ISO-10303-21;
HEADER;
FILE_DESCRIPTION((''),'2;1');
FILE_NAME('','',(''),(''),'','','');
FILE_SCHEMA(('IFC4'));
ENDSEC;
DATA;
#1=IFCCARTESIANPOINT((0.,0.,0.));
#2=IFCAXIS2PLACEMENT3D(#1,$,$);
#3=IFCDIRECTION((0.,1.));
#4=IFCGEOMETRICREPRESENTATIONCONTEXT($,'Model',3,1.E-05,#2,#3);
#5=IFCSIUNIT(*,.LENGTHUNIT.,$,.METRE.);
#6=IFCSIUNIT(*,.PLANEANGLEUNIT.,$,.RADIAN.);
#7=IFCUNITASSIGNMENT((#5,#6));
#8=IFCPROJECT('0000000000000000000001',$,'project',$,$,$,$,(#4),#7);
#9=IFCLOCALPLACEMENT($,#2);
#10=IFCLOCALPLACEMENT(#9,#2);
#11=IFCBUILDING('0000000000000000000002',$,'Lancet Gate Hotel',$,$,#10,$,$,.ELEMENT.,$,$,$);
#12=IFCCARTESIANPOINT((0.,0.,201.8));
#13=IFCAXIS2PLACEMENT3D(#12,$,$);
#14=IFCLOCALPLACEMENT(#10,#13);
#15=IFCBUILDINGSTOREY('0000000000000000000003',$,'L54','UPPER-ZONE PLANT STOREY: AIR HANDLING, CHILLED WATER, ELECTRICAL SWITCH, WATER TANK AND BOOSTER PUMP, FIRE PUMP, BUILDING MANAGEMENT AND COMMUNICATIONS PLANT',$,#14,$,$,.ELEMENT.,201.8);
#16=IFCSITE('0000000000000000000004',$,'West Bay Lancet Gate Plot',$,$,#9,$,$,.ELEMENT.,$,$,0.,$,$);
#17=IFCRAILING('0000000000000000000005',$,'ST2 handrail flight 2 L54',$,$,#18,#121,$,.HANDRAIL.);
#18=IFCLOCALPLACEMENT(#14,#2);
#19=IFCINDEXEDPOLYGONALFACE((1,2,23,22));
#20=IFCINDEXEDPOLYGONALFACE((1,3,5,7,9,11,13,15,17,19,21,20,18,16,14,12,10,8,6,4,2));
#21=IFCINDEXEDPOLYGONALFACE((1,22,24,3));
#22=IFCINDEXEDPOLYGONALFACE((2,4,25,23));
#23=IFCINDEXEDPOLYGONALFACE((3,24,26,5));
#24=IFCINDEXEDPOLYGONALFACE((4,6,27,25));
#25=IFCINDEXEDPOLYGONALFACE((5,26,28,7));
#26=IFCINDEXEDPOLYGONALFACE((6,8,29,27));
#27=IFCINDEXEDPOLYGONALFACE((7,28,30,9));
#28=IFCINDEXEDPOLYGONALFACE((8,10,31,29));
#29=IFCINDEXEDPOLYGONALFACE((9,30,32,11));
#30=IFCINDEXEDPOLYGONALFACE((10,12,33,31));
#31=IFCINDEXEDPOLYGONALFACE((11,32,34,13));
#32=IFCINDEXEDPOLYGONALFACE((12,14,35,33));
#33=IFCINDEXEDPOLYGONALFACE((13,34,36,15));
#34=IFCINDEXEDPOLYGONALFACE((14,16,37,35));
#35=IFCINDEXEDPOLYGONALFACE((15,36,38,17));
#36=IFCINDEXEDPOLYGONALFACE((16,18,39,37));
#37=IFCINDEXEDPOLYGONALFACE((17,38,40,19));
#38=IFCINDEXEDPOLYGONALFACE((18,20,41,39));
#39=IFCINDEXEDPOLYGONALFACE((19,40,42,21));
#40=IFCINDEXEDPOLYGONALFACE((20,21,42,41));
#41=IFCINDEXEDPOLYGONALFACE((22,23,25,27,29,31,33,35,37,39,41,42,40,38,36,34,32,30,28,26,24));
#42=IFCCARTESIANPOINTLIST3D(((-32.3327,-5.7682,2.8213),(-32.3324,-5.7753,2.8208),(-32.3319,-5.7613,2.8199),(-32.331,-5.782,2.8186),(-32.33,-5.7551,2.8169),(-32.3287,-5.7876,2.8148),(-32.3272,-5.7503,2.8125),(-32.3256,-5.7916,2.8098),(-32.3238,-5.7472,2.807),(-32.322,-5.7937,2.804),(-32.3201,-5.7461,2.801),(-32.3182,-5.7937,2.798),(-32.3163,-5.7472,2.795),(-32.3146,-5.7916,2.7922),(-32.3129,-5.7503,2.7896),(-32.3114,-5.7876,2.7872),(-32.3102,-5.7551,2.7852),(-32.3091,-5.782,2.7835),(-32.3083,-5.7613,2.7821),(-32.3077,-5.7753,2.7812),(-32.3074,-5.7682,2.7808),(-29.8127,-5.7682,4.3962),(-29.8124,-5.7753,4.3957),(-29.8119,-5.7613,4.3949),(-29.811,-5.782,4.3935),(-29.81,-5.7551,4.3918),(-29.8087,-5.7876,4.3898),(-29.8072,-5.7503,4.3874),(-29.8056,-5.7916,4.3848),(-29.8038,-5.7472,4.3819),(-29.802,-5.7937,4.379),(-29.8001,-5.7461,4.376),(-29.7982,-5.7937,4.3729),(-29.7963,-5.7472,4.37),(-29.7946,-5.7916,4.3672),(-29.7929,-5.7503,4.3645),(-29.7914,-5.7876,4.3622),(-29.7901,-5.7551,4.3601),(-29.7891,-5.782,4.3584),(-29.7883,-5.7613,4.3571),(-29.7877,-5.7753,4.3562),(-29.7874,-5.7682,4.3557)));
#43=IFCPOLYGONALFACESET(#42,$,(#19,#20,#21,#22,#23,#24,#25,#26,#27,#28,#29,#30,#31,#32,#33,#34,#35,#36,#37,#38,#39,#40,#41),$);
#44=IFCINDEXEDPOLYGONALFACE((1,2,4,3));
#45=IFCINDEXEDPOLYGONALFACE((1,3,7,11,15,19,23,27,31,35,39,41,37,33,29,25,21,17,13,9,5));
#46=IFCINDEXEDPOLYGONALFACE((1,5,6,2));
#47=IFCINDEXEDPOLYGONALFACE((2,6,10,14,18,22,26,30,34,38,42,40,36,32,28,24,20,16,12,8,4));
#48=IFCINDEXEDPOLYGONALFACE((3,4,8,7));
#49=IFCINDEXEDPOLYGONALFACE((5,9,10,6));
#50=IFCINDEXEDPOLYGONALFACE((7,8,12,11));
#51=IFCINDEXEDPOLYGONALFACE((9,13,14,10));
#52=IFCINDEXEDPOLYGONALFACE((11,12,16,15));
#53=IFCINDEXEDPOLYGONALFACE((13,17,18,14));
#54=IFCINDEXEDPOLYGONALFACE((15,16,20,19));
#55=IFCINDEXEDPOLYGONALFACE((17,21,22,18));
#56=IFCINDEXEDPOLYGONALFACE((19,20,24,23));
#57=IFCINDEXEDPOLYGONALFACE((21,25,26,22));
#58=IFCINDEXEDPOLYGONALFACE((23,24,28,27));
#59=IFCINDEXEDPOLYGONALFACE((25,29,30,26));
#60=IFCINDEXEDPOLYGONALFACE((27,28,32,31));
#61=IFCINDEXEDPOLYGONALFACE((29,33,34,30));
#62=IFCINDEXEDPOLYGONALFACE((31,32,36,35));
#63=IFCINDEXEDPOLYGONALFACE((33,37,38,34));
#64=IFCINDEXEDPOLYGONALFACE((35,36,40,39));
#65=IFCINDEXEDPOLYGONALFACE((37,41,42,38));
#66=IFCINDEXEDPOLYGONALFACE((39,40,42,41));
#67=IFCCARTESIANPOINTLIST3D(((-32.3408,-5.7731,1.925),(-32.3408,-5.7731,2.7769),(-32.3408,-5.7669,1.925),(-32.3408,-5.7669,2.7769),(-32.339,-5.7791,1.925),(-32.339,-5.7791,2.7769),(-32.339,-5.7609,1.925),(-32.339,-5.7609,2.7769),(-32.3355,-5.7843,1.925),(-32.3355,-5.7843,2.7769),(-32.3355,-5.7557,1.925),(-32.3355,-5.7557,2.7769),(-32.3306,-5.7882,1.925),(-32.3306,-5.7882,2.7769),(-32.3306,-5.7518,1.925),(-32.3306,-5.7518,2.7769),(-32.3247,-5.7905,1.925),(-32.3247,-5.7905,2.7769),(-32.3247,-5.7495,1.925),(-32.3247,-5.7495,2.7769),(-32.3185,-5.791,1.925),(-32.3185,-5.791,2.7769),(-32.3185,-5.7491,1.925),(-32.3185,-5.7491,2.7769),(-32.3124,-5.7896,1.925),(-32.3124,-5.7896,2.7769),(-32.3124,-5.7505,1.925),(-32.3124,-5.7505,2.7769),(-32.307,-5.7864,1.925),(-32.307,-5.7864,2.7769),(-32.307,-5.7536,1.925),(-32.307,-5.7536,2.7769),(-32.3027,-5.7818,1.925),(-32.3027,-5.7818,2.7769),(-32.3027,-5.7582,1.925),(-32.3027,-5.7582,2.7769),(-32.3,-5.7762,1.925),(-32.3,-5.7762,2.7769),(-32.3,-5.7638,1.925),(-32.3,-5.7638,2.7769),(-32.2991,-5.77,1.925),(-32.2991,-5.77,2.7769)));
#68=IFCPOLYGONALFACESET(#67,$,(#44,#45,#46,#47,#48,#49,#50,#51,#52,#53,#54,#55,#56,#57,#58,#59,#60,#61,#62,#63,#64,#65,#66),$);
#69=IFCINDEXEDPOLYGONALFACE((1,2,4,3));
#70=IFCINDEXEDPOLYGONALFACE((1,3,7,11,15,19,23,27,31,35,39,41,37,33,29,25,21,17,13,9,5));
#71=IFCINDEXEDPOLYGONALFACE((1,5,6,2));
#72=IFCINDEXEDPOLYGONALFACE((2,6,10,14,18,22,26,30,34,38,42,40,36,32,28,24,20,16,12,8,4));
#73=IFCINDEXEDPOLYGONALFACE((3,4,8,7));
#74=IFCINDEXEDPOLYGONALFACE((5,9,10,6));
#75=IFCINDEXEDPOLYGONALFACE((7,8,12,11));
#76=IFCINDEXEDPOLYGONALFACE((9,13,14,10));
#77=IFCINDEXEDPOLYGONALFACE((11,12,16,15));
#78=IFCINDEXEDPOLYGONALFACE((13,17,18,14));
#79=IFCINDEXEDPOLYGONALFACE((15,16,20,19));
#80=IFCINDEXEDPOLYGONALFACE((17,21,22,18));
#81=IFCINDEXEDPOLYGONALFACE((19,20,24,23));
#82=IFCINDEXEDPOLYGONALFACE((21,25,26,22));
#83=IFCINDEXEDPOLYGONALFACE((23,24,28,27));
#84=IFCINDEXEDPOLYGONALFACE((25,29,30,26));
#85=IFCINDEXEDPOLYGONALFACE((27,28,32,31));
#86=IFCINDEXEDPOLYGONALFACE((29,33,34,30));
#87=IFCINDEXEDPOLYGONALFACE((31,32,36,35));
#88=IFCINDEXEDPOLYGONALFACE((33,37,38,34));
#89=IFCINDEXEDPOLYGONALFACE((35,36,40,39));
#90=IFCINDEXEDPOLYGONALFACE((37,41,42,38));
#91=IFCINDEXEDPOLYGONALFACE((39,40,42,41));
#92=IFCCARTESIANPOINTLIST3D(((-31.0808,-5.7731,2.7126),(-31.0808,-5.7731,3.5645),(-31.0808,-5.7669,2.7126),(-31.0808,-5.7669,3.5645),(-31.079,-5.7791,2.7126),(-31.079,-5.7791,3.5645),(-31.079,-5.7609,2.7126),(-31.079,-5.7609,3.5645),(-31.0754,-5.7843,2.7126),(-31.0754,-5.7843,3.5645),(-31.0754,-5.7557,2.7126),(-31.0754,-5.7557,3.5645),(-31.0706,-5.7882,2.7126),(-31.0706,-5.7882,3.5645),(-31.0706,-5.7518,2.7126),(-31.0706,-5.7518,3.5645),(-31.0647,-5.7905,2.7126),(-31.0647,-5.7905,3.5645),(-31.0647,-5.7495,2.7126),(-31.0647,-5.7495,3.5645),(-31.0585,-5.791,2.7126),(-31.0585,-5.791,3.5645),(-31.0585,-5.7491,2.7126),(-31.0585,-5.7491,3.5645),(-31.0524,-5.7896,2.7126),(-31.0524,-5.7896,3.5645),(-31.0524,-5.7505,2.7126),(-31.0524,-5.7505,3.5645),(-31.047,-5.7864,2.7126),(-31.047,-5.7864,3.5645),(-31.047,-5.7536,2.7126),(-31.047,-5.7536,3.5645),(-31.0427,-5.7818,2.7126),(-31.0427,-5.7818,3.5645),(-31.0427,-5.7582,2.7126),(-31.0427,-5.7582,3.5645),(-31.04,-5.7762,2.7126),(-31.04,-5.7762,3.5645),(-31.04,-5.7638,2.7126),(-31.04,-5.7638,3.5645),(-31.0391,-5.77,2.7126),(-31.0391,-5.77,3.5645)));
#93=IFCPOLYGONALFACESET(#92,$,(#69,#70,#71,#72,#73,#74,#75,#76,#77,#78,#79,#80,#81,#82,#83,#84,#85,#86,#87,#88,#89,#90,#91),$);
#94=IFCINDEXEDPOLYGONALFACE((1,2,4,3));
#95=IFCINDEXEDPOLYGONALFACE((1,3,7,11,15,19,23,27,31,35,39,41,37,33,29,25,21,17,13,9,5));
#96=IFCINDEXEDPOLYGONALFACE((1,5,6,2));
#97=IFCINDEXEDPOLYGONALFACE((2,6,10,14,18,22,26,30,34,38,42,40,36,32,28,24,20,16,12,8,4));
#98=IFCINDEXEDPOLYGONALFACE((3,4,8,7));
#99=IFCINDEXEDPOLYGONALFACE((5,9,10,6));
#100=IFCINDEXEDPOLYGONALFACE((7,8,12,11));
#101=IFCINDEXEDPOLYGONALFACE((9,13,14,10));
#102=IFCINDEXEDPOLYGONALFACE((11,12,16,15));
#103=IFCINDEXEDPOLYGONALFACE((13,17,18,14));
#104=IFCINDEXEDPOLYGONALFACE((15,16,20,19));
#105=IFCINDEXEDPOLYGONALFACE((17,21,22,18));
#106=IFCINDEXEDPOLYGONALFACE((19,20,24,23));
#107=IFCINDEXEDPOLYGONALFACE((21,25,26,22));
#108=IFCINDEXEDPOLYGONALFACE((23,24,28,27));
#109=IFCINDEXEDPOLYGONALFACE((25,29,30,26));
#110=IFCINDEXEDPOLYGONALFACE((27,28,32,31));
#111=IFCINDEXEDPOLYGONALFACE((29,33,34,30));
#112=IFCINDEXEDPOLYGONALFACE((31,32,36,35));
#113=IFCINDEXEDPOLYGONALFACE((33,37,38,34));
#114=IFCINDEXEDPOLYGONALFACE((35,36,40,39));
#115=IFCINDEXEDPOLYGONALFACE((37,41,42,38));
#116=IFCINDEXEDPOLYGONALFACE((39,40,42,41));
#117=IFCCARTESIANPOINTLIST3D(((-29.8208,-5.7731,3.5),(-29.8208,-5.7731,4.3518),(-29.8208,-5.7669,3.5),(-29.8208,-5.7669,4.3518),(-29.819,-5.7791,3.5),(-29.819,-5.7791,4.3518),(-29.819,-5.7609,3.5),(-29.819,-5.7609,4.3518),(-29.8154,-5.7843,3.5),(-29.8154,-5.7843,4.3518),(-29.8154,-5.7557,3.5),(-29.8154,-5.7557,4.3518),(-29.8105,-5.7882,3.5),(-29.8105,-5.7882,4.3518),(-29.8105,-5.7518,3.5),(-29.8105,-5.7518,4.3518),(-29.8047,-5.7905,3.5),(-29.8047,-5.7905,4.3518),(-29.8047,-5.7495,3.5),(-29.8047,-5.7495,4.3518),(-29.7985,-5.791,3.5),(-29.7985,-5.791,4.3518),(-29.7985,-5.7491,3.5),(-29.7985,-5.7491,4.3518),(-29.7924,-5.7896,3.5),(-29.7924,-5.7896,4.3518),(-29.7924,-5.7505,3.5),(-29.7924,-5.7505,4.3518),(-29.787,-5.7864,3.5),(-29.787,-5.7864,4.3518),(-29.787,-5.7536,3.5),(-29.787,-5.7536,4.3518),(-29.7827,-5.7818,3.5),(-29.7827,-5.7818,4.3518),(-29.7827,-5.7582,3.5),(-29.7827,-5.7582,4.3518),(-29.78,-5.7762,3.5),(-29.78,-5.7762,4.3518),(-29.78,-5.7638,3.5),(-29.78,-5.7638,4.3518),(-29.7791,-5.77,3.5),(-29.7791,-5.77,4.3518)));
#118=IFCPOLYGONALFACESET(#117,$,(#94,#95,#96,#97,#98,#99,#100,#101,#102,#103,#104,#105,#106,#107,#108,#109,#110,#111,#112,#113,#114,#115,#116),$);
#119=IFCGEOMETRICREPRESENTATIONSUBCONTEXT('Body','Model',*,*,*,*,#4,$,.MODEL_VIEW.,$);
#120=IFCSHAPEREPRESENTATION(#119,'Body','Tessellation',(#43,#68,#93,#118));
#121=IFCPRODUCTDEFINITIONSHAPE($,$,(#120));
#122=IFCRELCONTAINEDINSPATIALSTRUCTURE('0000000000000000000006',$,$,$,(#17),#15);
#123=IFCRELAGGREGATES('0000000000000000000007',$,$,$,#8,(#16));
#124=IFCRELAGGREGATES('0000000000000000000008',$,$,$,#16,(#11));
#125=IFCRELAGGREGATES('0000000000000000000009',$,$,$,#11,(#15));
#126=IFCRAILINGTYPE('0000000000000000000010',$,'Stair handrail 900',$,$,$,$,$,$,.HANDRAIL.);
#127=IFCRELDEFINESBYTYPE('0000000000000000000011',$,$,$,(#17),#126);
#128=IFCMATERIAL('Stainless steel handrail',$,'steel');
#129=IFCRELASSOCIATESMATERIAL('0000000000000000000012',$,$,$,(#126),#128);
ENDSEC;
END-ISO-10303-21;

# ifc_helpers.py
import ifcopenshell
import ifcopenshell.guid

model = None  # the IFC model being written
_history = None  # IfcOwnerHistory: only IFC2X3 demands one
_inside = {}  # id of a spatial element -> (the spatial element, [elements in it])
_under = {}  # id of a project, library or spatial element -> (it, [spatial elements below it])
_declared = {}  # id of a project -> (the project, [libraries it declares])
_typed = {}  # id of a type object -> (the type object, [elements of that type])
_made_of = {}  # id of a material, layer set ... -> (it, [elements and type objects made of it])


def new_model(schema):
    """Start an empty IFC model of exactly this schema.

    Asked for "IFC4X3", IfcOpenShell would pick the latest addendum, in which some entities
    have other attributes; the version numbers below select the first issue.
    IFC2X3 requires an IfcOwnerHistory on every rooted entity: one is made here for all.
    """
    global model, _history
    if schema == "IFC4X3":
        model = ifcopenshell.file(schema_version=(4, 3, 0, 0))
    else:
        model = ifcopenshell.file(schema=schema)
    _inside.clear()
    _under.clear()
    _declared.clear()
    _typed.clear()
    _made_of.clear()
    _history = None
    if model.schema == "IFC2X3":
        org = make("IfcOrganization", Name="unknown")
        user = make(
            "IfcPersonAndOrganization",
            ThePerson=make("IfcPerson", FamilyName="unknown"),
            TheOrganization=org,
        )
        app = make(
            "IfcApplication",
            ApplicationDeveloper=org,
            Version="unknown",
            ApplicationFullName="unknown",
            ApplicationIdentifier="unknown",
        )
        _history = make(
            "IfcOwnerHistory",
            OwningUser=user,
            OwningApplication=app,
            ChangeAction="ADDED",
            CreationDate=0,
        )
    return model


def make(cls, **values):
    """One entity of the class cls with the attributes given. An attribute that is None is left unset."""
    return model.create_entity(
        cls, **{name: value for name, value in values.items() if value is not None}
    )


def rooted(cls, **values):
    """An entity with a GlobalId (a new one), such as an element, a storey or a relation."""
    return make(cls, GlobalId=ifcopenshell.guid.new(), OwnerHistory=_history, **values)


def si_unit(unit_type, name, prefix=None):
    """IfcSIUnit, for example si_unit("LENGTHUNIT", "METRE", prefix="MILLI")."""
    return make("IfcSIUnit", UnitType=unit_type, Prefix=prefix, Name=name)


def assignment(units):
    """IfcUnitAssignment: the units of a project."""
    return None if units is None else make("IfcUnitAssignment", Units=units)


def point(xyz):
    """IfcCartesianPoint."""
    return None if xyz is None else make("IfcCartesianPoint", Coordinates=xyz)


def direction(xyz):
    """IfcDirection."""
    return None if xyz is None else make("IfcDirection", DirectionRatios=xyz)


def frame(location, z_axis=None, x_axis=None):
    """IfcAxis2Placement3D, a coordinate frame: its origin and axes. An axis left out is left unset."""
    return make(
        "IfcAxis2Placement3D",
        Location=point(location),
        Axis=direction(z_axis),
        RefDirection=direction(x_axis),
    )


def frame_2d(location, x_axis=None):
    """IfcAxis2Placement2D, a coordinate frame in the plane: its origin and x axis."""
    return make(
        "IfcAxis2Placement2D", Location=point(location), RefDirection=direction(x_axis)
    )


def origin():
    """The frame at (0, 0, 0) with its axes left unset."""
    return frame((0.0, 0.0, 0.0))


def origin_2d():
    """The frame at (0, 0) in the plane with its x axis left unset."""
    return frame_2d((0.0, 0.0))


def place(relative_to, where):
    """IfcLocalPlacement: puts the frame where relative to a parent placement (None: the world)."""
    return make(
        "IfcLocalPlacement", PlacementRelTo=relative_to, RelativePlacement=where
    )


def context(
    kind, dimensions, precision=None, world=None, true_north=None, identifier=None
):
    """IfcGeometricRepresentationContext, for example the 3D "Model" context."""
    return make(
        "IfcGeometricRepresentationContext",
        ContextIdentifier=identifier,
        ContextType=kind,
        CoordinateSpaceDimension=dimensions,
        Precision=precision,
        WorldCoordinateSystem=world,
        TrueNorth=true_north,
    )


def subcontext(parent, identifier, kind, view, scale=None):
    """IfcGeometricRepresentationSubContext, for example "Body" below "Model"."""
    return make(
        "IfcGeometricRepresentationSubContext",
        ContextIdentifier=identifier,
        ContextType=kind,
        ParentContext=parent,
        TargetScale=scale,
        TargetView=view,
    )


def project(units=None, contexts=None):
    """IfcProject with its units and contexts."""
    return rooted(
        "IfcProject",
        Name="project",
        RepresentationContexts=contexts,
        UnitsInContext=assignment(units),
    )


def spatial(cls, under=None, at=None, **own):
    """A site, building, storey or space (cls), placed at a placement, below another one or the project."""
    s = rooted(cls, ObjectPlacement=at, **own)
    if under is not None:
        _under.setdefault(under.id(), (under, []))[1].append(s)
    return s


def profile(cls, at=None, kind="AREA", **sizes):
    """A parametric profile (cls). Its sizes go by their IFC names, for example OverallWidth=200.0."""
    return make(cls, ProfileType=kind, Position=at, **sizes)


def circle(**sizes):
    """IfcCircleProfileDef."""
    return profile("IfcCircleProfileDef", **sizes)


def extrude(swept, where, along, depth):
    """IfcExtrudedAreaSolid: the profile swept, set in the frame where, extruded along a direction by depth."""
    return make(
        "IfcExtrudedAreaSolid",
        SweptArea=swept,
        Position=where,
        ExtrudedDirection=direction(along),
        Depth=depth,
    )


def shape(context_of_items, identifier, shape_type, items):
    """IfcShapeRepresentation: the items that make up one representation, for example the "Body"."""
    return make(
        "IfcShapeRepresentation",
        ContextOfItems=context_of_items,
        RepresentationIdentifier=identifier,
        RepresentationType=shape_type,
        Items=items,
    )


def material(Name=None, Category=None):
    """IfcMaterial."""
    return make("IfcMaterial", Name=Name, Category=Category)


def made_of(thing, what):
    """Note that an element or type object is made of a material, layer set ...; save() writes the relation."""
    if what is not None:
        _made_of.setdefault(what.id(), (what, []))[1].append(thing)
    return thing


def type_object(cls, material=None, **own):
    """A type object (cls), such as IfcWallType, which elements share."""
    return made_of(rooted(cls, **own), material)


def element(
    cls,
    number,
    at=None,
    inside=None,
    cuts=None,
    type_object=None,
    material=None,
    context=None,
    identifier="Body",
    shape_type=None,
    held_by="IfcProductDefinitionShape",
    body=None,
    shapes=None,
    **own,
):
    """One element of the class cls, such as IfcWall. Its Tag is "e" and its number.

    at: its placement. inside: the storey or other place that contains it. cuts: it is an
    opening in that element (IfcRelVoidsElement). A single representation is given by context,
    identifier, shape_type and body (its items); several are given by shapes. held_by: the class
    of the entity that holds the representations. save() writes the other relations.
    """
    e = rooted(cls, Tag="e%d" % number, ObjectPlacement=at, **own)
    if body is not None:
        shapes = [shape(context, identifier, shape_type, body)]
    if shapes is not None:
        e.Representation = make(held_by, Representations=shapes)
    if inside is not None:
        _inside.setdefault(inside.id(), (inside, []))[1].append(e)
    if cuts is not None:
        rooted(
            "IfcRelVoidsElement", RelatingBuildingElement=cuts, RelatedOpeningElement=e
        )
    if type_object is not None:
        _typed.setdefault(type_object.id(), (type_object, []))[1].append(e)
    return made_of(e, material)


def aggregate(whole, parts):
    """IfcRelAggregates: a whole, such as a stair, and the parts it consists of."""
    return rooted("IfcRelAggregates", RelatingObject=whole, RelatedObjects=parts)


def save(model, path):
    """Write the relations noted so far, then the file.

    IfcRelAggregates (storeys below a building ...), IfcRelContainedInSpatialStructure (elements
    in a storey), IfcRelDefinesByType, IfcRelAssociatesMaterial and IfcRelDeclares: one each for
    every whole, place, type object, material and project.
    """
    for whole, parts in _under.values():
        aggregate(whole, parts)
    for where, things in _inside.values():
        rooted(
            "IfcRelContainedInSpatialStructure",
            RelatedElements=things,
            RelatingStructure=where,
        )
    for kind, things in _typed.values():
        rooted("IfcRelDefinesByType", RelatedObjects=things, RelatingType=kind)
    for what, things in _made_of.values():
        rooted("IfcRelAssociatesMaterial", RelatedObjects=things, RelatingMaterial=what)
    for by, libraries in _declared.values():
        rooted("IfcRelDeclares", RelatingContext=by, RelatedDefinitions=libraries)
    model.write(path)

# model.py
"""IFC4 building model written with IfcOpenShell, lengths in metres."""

from ifc_helpers import new_model, si_unit, direction, frame, origin, origin_2d, place, context, subcontext, project, spatial, circle, extrude, material, type_object, element, save


model = new_model("IFC4")

# Units and contexts
model_context = context("Model", 3, precision=1e-05, world=origin(), true_north=direction((0.0, 1.0)))
body_context = subcontext(model_context, "Body", "Model", "MODEL_VIEW")
ifc_project = project(units=[si_unit("LENGTHUNIT", "METRE"), si_unit("PLANEANGLEUNIT", "RADIAN")], contexts=[model_context])

# Site, building, storey
site_placement = place(None, origin())
site = spatial("IfcSite", under=ifc_project, at=site_placement, Name="West Bay Lancet Gate Plot", CompositionType="ELEMENT", RefElevation=0.0)
building_placement = place(site_placement, origin())
building = spatial("IfcBuilding", under=site, at=building_placement, Name="Lancet Gate Hotel", CompositionType="ELEMENT")
storey_placement = place(building_placement, frame((0.0, 0.0, 201.8)))
storey = spatial("IfcBuildingStorey", under=building, at=storey_placement, Name="L54", Description="UPPER-ZONE PLANT STOREY: AIR HANDLING, CHILLED WATER, ELECTRICAL SWITCH, WATER TANK AND BOOSTER PUMP, FIRE PUMP, BUILDING MANAGEMENT AND COMMUNICATIONS PLANT", CompositionType="ELEMENT", Elevation=201.8)

# Railing
ifc_material_1 = material(Name="Stainless steel handrail", Category="steel")
railing_type = type_object("IfcRailingType", Name="Stair handrail 900", PredefinedType="HANDRAIL", material=ifc_material_1)
railing_1_placement = place(storey_placement, frame((-32.3201, -5.77, 1.925)))
element("IfcRailing", 1, at=railing_1_placement, inside=storey, type_object=railing_type, Name="ST2 handrail flight 2 L54", PredefinedType="HANDRAIL", context=body_context, shape_type="SweptSolid", body=[
    extrude(circle(Radius=0.0239, at=origin_2d()), frame((0.0, 0.0, 0.876), z_axis=(0.848008, 0.0, 0.529984), x_axis=(0.0, 1.0, 0.0)), (0.0, 0.0, 1.0), 2.9717),
    extrude(circle(Radius=0.021, at=origin_2d()), origin(), (0.0, 0.0, 1.0), 0.8518),
    extrude(circle(Radius=0.021, at=origin_2d()), frame((1.26, 0.0, 0.7876)), (0.0, 0.0, 1.0), 0.8518),
    extrude(circle(Radius=0.021, at=origin_2d()), frame((2.52, 0.0, 1.575)), (0.0, 0.0, 1.0), 0.8518),
])

save(model, "model.ifc")
